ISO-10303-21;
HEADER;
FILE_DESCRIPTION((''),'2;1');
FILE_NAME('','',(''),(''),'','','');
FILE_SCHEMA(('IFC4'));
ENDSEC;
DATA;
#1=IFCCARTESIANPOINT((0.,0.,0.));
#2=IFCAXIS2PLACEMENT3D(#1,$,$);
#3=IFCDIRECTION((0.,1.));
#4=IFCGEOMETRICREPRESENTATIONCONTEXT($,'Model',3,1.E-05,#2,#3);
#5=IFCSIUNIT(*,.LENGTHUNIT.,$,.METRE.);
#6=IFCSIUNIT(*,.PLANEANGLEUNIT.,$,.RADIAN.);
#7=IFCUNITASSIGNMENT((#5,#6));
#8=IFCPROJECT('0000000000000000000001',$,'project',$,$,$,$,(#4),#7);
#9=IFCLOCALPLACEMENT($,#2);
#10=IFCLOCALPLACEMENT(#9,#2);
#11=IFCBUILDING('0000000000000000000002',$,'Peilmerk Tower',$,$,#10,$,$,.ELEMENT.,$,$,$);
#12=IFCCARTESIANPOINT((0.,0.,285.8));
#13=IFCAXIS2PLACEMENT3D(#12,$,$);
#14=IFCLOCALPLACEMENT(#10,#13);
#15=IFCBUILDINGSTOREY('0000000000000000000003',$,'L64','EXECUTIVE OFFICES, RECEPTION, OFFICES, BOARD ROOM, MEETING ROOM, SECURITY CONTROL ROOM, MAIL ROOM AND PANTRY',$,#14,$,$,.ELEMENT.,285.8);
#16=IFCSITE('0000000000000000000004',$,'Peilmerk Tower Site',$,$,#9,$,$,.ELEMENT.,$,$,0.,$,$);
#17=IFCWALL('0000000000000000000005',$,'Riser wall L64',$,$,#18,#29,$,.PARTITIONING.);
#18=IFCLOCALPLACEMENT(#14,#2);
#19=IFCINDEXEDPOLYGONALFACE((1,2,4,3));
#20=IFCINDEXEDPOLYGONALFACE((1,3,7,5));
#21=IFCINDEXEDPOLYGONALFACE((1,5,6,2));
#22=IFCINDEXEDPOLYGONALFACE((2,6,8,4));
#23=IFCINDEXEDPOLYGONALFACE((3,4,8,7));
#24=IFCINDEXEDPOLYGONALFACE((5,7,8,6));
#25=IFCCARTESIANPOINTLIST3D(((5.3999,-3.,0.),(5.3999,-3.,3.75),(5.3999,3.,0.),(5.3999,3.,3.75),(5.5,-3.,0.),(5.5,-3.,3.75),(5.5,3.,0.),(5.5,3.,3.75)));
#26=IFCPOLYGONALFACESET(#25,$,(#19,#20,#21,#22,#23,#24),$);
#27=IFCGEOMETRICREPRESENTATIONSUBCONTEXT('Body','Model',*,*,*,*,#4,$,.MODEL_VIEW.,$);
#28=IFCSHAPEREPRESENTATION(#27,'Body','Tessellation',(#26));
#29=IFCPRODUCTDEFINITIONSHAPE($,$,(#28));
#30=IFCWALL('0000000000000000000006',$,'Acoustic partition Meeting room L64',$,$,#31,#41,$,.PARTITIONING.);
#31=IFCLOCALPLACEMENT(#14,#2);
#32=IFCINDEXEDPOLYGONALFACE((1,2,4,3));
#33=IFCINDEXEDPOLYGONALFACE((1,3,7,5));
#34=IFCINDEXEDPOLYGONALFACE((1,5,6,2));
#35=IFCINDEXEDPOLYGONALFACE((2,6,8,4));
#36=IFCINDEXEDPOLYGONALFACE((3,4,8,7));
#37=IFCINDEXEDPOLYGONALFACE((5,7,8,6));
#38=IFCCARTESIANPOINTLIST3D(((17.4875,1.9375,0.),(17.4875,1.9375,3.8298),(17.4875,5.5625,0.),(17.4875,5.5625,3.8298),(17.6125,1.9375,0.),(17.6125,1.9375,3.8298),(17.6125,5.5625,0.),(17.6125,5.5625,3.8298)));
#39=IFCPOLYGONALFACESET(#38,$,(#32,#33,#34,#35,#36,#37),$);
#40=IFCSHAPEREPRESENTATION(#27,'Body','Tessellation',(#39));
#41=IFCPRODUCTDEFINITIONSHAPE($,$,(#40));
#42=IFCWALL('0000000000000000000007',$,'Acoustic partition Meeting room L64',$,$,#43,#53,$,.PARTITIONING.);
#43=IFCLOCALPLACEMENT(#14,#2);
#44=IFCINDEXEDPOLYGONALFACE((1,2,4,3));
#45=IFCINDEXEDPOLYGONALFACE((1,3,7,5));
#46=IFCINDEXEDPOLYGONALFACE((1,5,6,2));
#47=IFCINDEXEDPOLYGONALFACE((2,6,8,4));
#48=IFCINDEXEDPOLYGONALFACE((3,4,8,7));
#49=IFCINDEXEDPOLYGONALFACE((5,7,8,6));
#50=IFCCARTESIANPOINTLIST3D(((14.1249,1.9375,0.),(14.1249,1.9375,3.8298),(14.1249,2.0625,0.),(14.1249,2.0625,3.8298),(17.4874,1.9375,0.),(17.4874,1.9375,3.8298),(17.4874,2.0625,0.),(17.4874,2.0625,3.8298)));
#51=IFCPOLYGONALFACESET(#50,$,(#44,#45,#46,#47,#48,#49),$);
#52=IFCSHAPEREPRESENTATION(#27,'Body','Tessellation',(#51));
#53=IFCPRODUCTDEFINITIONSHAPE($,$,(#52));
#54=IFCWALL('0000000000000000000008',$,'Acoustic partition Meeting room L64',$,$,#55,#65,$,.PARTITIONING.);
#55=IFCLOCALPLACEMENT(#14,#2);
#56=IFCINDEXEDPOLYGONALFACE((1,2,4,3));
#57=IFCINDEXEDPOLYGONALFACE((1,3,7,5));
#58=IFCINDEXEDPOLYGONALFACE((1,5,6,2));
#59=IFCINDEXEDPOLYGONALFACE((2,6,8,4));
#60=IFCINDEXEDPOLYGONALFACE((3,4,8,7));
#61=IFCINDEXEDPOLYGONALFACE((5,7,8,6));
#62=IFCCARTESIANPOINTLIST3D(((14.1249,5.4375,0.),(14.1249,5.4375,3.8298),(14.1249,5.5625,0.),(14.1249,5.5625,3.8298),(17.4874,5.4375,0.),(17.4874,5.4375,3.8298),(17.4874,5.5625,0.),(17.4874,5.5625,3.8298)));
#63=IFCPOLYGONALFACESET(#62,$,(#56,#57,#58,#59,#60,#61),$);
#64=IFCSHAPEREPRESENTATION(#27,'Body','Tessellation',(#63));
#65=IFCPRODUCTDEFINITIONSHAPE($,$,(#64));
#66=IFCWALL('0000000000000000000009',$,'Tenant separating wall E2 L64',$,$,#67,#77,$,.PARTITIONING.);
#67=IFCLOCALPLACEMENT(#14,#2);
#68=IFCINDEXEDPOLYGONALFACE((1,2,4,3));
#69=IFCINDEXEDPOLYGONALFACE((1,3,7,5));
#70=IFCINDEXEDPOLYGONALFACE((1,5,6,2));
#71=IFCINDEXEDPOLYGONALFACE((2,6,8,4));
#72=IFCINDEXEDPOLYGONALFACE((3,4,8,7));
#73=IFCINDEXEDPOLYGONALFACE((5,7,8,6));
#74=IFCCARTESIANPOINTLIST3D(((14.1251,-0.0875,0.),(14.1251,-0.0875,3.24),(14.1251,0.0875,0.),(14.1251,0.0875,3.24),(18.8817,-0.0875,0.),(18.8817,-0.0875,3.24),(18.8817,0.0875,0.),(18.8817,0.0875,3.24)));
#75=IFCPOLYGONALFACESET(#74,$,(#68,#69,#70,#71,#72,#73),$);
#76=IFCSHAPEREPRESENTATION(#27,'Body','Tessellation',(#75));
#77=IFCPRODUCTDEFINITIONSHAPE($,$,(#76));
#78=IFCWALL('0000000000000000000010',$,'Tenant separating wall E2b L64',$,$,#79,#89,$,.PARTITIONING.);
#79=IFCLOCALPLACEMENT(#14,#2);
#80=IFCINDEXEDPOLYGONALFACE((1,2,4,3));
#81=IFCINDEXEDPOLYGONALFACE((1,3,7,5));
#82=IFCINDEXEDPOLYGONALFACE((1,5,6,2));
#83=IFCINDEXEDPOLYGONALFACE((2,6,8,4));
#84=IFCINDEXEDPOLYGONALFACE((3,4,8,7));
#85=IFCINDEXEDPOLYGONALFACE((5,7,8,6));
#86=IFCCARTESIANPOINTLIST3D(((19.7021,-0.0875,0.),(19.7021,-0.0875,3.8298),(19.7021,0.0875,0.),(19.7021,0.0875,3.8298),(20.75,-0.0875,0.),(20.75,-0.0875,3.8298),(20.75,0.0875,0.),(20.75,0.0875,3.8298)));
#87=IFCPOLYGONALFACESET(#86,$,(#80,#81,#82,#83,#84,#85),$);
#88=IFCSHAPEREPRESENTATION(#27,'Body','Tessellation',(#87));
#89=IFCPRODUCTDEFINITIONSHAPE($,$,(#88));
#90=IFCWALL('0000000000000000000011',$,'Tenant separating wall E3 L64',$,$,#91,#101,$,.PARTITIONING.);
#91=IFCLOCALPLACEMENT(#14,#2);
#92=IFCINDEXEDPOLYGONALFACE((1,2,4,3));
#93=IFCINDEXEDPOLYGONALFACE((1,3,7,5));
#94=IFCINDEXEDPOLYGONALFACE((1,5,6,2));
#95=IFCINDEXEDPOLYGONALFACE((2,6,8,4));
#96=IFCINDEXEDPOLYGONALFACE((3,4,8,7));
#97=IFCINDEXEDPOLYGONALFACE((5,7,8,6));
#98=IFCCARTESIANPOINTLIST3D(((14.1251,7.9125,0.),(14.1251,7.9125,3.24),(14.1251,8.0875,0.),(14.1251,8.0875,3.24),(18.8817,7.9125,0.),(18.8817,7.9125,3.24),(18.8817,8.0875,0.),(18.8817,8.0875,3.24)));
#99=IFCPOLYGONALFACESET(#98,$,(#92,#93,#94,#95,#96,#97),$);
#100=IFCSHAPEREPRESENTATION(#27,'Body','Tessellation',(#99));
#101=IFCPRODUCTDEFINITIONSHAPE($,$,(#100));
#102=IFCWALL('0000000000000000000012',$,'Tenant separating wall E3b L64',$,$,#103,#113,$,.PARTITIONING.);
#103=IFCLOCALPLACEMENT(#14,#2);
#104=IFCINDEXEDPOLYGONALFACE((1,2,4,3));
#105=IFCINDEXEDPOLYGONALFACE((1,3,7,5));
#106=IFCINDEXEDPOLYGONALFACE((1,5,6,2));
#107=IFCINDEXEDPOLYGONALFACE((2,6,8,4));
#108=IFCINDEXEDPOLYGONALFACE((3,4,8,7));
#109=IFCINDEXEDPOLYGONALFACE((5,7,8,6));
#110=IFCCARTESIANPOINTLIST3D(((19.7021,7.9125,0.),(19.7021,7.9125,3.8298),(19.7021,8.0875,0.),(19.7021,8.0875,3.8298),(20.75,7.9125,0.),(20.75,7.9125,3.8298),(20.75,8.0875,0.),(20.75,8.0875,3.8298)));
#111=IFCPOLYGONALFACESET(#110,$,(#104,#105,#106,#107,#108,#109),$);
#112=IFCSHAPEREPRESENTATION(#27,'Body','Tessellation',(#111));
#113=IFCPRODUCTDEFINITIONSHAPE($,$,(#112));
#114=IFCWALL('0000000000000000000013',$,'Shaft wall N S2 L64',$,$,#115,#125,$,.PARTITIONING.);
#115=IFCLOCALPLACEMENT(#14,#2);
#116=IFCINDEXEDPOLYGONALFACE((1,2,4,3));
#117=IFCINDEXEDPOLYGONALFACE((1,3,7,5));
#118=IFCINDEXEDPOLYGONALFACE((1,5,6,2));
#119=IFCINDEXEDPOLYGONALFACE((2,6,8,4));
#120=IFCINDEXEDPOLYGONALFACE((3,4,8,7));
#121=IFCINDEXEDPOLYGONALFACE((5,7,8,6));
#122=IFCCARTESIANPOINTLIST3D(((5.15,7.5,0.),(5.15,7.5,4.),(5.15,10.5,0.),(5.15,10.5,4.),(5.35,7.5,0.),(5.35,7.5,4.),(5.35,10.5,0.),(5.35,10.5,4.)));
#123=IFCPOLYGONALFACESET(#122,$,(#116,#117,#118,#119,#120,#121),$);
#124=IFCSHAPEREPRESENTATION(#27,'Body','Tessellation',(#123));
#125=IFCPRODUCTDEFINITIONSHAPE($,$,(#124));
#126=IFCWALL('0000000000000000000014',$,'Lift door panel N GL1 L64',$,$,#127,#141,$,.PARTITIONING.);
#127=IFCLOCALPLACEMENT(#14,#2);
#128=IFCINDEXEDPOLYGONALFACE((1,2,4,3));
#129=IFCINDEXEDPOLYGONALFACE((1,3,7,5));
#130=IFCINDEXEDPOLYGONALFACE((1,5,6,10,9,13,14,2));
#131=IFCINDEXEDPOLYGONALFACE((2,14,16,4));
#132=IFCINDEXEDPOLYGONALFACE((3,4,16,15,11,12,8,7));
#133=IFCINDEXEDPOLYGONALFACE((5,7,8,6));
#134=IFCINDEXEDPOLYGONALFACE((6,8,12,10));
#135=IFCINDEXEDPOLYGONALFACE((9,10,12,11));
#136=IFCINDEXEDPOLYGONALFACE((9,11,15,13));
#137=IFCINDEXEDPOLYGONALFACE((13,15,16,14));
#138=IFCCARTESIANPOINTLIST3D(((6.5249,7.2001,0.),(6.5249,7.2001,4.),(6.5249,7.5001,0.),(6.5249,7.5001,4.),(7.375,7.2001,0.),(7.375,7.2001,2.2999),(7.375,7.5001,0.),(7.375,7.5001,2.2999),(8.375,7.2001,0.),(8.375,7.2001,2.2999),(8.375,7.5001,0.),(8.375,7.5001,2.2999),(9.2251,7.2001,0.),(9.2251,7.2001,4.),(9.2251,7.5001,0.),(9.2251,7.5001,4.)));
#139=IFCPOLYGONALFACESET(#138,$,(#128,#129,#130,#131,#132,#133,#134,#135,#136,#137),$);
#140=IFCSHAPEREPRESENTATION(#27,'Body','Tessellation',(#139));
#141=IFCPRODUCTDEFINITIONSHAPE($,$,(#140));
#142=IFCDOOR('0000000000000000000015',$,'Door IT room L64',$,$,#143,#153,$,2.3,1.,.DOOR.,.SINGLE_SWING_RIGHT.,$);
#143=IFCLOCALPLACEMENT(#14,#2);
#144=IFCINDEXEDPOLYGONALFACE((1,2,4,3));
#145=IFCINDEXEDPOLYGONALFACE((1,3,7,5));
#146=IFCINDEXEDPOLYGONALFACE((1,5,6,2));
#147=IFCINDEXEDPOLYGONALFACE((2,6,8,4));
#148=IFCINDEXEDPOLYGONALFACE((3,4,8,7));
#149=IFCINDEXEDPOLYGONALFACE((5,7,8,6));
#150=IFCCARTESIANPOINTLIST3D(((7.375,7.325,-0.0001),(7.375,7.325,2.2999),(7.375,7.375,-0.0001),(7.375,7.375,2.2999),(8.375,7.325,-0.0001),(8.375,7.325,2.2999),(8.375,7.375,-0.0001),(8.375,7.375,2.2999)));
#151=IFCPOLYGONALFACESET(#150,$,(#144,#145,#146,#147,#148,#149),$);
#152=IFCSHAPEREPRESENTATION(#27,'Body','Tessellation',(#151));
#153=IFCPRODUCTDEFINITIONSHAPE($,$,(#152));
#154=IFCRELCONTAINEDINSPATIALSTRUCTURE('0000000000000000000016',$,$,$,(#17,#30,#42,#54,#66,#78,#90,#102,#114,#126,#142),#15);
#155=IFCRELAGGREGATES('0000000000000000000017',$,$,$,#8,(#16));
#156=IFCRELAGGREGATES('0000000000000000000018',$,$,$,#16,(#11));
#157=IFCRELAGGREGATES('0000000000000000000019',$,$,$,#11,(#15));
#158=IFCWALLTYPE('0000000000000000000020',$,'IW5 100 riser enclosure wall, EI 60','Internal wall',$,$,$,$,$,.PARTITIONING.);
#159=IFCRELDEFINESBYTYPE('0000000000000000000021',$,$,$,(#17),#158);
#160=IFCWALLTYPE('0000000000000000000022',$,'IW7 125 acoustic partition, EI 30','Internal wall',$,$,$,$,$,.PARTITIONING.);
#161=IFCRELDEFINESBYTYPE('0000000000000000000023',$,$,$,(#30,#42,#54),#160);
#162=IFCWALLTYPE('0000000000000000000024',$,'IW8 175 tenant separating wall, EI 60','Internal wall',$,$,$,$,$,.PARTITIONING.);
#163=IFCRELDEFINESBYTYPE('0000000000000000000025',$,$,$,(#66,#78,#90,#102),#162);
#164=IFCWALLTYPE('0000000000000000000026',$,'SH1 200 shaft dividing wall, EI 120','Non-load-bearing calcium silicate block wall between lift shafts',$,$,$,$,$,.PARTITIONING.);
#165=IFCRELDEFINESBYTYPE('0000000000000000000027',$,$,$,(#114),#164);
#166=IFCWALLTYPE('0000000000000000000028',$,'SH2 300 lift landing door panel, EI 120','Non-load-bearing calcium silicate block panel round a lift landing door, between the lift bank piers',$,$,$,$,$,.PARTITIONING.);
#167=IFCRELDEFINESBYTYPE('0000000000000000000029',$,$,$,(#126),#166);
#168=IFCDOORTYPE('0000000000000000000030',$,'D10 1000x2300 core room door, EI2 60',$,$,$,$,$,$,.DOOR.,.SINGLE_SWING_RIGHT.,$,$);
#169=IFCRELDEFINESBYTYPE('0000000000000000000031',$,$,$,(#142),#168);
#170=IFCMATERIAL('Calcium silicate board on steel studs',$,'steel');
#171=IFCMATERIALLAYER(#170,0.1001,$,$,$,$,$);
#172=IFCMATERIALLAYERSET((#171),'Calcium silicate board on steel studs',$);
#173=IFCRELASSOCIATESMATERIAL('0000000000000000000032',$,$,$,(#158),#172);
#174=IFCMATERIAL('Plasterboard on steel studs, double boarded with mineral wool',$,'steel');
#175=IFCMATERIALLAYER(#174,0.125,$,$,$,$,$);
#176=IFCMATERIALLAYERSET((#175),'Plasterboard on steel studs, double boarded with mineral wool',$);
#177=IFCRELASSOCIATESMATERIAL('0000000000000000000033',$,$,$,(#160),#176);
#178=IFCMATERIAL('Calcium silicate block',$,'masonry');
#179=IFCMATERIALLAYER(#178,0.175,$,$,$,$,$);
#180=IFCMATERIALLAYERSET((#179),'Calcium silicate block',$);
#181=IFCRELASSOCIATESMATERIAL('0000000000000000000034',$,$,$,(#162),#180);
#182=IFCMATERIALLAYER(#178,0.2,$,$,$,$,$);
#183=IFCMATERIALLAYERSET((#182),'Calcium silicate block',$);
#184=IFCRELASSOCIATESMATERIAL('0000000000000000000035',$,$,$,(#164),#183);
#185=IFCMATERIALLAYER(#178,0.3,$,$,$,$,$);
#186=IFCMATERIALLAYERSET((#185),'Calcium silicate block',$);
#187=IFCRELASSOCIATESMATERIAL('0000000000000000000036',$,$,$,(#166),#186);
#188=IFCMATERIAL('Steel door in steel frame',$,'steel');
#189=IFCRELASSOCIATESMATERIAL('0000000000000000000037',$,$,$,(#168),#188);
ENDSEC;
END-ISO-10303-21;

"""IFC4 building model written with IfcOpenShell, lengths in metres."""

from ifc_helpers import new_model, si_unit, direction, frame, frame_2d, origin, place, context, subcontext, project, spatial, rectangle, extrude, material, layer, layer_set, type_object, element, fill, save


model = new_model("IFC4")

# Units and contexts
model_context = context("Model", 3, precision=1e-05, world=origin(), true_north=direction((0.0, 1.0)))
body_context = subcontext(model_context, "Body", "Model", "MODEL_VIEW")
ifc_project = project(units=[si_unit("LENGTHUNIT", "METRE"), si_unit("PLANEANGLEUNIT", "RADIAN")], contexts=[model_context])

# Site, building, storey
site_placement = place(None, origin())
site = spatial("IfcSite", under=ifc_project, at=site_placement, Name="Peilmerk Tower Site", CompositionType="ELEMENT", RefElevation=0.0)
building_placement = place(site_placement, origin())
building = spatial("IfcBuilding", under=site, at=building_placement, Name="Peilmerk Tower", CompositionType="ELEMENT")
storey_placement = place(building_placement, frame((0.0, 0.0, 285.8)))
storey = spatial("IfcBuildingStorey", under=building, at=storey_placement, Name="L64", Description="EXECUTIVE OFFICES, RECEPTION, OFFICES, BOARD ROOM, MEETING ROOM, SECURITY CONTROL ROOM, MAIL ROOM AND PANTRY", CompositionType="ELEMENT", Elevation=285.8)

# Walls
ifc_material_1 = material(Name="Calcium silicate board on steel studs", Category="steel")
ifc_layer_1 = layer(ifc_material_1, 0.1001)
ifc_layer_set_1 = layer_set([ifc_layer_1], Name="Calcium silicate board on steel studs")
wall_type_1 = type_object("IfcWallType", Name="IW5 100 riser enclosure wall, EI 60", Description="Internal wall", PredefinedType="PARTITIONING", material=ifc_layer_set_1)
wall_1_placement = place(storey_placement, frame((5.45, 3.0, 0.0), z_axis=(0.0, 0.0, 1.0), x_axis=(0.0, -1.0, 0.0)))
element("IfcWall", 1, at=wall_1_placement, inside=storey, type_object=wall_type_1, Name="Riser wall L64", PredefinedType="PARTITIONING", context=body_context, shape_type="SweptSolid", body=[
    extrude(rectangle(XDim=6.0, YDim=0.1001, at=frame_2d((3.0, 0.0))), origin(), (0.0, 0.0, 1.0), 3.75),
])
ifc_material_2 = material(Name="Plasterboard on steel studs, double boarded with mineral wool", Category="steel")
ifc_layer_2 = layer(ifc_material_2, 0.125)
ifc_layer_set_2 = layer_set([ifc_layer_2], Name="Plasterboard on steel studs, double boarded with mineral wool")
wall_type_2 = type_object("IfcWallType", Name="IW7 125 acoustic partition, EI 30", Description="Internal wall", PredefinedType="PARTITIONING", material=ifc_layer_set_2)
wall_2_placement = place(storey_placement, frame((17.55, 1.9375, 0.0), z_axis=(0.0, 0.0, 1.0), x_axis=(0.0, 1.0, 0.0)))
element("IfcWall", 2, at=wall_2_placement, inside=storey, type_object=wall_type_2, Name="Acoustic partition Meeting room L64", PredefinedType="PARTITIONING", context=body_context, shape_type="SweptSolid", body=[
    extrude(rectangle(XDim=3.625, YDim=0.125, at=frame_2d((1.8125, 0.0))), origin(), (0.0, 0.0, 1.0), 3.8298),
])
for number, where, z_axis, x_axis, name in (
    (3, (14.125, 2.0, 0.0), (0.0, 0.0, 1.0), (1.0, 0.0, 0.0), "Acoustic partition Meeting room L64"),
    (4, (14.125, 5.5, 0.0), (0.0, 0.0, 1.0), (1.0, 0.0, 0.0), "Acoustic partition Meeting room L64"),
):
    element("IfcWall", number, at=place(storey_placement, frame(where, z_axis=z_axis, x_axis=x_axis)), inside=storey, type_object=wall_type_2, Name=name, PredefinedType="PARTITIONING", context=body_context, shape_type="SweptSolid", body=[
        extrude(rectangle(XDim=3.3625, YDim=0.125, at=frame_2d((1.6812, 0.0))), origin(), (0.0, 0.0, 1.0), 3.8298),
    ])
ifc_material_3 = material(Name="Calcium silicate block", Category="masonry")
ifc_layer_3 = layer(ifc_material_3, 0.175)
ifc_layer_set_3 = layer_set([ifc_layer_3], Name="Calcium silicate block")
wall_type_3 = type_object("IfcWallType", Name="IW8 175 tenant separating wall, EI 60", Description="Internal wall", PredefinedType="PARTITIONING", material=ifc_layer_set_3)
wall_3_placement = place(storey_placement, frame((14.125, 0.0, 0.0), z_axis=(0.0, 0.0, 1.0), x_axis=(1.0, 0.0, 0.0)))
element("IfcWall", 5, at=wall_3_placement, inside=storey, type_object=wall_type_3, Name="Tenant separating wall E2 L64", PredefinedType="PARTITIONING", context=body_context, shape_type="SweptSolid", body=[
    extrude(rectangle(XDim=4.7566, YDim=0.175, at=frame_2d((2.3784, 0.0))), origin(), (0.0, 0.0, 1.0), 3.24),
])
wall_4_placement = place(storey_placement, frame((19.7021, 0.0, 0.0), z_axis=(0.0, 0.0, 1.0), x_axis=(1.0, 0.0, 0.0)))
element("IfcWall", 6, at=wall_4_placement, inside=storey, type_object=wall_type_3, Name="Tenant separating wall E2b L64", PredefinedType="PARTITIONING", context=body_context, shape_type="SweptSolid", body=[
    extrude(rectangle(XDim=1.0479, YDim=0.175, at=frame_2d((0.5239, 0.0))), origin(), (0.0, 0.0, 1.0), 3.8298),
])
wall_5_placement = place(storey_placement, frame((14.125, 8.0, 0.0), z_axis=(0.0, 0.0, 1.0), x_axis=(1.0, 0.0, 0.0)))
element("IfcWall", 7, at=wall_5_placement, inside=storey, type_object=wall_type_3, Name="Tenant separating wall E3 L64", PredefinedType="PARTITIONING", context=body_context, shape_type="SweptSolid", body=[
    extrude(rectangle(XDim=4.7566, YDim=0.175, at=frame_2d((2.3784, 0.0))), origin(), (0.0, 0.0, 1.0), 3.24),
])
wall_6_placement = place(storey_placement, frame((19.7021, 8.0, 0.0), z_axis=(0.0, 0.0, 1.0), x_axis=(1.0, 0.0, 0.0)))
element("IfcWall", 8, at=wall_6_placement, inside=storey, type_object=wall_type_3, Name="Tenant separating wall E3b L64", PredefinedType="PARTITIONING", context=body_context, shape_type="SweptSolid", body=[
    extrude(rectangle(XDim=1.0479, YDim=0.175, at=frame_2d((0.5239, 0.0))), origin(), (0.0, 0.0, 1.0), 3.8298),
])
ifc_layer_4 = layer(ifc_material_3, 0.2)
ifc_layer_set_4 = layer_set([ifc_layer_4], Name="Calcium silicate block")
wall_type_4 = type_object("IfcWallType", Name="SH1 200 shaft dividing wall, EI 120", Description="Non-load-bearing calcium silicate block wall between lift shafts", PredefinedType="PARTITIONING", material=ifc_layer_set_4)
wall_7_placement = place(storey_placement, frame((5.25, 7.5, 0.0), z_axis=(0.0, 0.0, 1.0), x_axis=(0.0, 1.0, 0.0)))
element("IfcWall", 9, at=wall_7_placement, inside=storey, type_object=wall_type_4, Name="Shaft wall N S2 L64", PredefinedType="PARTITIONING", context=body_context, shape_type="SweptSolid", body=[
    extrude(rectangle(XDim=3.0, YDim=0.2, at=frame_2d((1.5, 0.0))), origin(), (0.0, 0.0, 1.0), 4.0),
])

# Wall, opening, door
ifc_layer_5 = layer(ifc_material_3, 0.3)
ifc_layer_set_5 = layer_set([ifc_layer_5], Name="Calcium silicate block")
wall_type_5 = type_object("IfcWallType", Name="SH2 300 lift landing door panel, EI 120", Description="Non-load-bearing calcium silicate block panel round a lift landing door, between the lift bank piers", PredefinedType="PARTITIONING", material=ifc_layer_set_5)
wall_8_placement = place(storey_placement, frame((6.5249, 7.3501, 0.0), z_axis=(0.0, 0.0, 1.0), x_axis=(1.0, 0.0, 0.0)))
wall_8 = element("IfcWall", 10, at=wall_8_placement, inside=storey, type_object=wall_type_5, Name="Lift door panel N GL1 L64", PredefinedType="PARTITIONING", context=body_context, shape_type="SweptSolid", body=[
    extrude(rectangle(XDim=2.7002, YDim=0.3, at=frame_2d((1.3501, 0.0))), origin(), (0.0, 0.0, 1.0), 4.0),
])
opening_1_placement = place(wall_8_placement, frame((0.8501, 0.0, 0.0)))
opening_1 = element("IfcOpeningElement", 11, at=opening_1_placement, cuts=wall_8, PredefinedType="OPENING", context=body_context, shape_type="SweptSolid", body=[
    extrude(rectangle(XDim=1.0, YDim=2.3, at=frame_2d((0.5, 1.1499))), frame((0.0, 0.1599, 0.0), z_axis=(0.0, -1.0, 0.0), x_axis=(1.0, 0.0, 0.0)), (0.0, 0.0, 1.0), 0.3201),
])
ifc_material_4 = material(Name="Steel door in steel frame", Category="steel")
door_type_1 = type_object("IfcDoorType", Name="D10 1000x2300 core room door, EI2 60", OperationType="SINGLE_SWING_RIGHT", PredefinedType="DOOR", material=ifc_material_4)
door_1_placement = place(opening_1_placement, origin())
door_1 = element("IfcDoor", 12, at=door_1_placement, inside=storey, type_object=door_type_1, Name="Door IT room L64", OperationType="SINGLE_SWING_RIGHT", OverallHeight=2.3, OverallWidth=1.0, PredefinedType="DOOR", context=body_context, shape_type="SweptSolid", body=[
    extrude(rectangle(XDim=1.0, YDim=2.3, at=frame_2d((0.5, 1.1499))), frame((0.0, 0.0249, 0.0), z_axis=(0.0, -1.0, 0.0), x_axis=(1.0, 0.0, 0.0)), (0.0, 0.0, 1.0), 0.05),
])
fill(opening_1, door_1)

save(model, "model.ifc")
